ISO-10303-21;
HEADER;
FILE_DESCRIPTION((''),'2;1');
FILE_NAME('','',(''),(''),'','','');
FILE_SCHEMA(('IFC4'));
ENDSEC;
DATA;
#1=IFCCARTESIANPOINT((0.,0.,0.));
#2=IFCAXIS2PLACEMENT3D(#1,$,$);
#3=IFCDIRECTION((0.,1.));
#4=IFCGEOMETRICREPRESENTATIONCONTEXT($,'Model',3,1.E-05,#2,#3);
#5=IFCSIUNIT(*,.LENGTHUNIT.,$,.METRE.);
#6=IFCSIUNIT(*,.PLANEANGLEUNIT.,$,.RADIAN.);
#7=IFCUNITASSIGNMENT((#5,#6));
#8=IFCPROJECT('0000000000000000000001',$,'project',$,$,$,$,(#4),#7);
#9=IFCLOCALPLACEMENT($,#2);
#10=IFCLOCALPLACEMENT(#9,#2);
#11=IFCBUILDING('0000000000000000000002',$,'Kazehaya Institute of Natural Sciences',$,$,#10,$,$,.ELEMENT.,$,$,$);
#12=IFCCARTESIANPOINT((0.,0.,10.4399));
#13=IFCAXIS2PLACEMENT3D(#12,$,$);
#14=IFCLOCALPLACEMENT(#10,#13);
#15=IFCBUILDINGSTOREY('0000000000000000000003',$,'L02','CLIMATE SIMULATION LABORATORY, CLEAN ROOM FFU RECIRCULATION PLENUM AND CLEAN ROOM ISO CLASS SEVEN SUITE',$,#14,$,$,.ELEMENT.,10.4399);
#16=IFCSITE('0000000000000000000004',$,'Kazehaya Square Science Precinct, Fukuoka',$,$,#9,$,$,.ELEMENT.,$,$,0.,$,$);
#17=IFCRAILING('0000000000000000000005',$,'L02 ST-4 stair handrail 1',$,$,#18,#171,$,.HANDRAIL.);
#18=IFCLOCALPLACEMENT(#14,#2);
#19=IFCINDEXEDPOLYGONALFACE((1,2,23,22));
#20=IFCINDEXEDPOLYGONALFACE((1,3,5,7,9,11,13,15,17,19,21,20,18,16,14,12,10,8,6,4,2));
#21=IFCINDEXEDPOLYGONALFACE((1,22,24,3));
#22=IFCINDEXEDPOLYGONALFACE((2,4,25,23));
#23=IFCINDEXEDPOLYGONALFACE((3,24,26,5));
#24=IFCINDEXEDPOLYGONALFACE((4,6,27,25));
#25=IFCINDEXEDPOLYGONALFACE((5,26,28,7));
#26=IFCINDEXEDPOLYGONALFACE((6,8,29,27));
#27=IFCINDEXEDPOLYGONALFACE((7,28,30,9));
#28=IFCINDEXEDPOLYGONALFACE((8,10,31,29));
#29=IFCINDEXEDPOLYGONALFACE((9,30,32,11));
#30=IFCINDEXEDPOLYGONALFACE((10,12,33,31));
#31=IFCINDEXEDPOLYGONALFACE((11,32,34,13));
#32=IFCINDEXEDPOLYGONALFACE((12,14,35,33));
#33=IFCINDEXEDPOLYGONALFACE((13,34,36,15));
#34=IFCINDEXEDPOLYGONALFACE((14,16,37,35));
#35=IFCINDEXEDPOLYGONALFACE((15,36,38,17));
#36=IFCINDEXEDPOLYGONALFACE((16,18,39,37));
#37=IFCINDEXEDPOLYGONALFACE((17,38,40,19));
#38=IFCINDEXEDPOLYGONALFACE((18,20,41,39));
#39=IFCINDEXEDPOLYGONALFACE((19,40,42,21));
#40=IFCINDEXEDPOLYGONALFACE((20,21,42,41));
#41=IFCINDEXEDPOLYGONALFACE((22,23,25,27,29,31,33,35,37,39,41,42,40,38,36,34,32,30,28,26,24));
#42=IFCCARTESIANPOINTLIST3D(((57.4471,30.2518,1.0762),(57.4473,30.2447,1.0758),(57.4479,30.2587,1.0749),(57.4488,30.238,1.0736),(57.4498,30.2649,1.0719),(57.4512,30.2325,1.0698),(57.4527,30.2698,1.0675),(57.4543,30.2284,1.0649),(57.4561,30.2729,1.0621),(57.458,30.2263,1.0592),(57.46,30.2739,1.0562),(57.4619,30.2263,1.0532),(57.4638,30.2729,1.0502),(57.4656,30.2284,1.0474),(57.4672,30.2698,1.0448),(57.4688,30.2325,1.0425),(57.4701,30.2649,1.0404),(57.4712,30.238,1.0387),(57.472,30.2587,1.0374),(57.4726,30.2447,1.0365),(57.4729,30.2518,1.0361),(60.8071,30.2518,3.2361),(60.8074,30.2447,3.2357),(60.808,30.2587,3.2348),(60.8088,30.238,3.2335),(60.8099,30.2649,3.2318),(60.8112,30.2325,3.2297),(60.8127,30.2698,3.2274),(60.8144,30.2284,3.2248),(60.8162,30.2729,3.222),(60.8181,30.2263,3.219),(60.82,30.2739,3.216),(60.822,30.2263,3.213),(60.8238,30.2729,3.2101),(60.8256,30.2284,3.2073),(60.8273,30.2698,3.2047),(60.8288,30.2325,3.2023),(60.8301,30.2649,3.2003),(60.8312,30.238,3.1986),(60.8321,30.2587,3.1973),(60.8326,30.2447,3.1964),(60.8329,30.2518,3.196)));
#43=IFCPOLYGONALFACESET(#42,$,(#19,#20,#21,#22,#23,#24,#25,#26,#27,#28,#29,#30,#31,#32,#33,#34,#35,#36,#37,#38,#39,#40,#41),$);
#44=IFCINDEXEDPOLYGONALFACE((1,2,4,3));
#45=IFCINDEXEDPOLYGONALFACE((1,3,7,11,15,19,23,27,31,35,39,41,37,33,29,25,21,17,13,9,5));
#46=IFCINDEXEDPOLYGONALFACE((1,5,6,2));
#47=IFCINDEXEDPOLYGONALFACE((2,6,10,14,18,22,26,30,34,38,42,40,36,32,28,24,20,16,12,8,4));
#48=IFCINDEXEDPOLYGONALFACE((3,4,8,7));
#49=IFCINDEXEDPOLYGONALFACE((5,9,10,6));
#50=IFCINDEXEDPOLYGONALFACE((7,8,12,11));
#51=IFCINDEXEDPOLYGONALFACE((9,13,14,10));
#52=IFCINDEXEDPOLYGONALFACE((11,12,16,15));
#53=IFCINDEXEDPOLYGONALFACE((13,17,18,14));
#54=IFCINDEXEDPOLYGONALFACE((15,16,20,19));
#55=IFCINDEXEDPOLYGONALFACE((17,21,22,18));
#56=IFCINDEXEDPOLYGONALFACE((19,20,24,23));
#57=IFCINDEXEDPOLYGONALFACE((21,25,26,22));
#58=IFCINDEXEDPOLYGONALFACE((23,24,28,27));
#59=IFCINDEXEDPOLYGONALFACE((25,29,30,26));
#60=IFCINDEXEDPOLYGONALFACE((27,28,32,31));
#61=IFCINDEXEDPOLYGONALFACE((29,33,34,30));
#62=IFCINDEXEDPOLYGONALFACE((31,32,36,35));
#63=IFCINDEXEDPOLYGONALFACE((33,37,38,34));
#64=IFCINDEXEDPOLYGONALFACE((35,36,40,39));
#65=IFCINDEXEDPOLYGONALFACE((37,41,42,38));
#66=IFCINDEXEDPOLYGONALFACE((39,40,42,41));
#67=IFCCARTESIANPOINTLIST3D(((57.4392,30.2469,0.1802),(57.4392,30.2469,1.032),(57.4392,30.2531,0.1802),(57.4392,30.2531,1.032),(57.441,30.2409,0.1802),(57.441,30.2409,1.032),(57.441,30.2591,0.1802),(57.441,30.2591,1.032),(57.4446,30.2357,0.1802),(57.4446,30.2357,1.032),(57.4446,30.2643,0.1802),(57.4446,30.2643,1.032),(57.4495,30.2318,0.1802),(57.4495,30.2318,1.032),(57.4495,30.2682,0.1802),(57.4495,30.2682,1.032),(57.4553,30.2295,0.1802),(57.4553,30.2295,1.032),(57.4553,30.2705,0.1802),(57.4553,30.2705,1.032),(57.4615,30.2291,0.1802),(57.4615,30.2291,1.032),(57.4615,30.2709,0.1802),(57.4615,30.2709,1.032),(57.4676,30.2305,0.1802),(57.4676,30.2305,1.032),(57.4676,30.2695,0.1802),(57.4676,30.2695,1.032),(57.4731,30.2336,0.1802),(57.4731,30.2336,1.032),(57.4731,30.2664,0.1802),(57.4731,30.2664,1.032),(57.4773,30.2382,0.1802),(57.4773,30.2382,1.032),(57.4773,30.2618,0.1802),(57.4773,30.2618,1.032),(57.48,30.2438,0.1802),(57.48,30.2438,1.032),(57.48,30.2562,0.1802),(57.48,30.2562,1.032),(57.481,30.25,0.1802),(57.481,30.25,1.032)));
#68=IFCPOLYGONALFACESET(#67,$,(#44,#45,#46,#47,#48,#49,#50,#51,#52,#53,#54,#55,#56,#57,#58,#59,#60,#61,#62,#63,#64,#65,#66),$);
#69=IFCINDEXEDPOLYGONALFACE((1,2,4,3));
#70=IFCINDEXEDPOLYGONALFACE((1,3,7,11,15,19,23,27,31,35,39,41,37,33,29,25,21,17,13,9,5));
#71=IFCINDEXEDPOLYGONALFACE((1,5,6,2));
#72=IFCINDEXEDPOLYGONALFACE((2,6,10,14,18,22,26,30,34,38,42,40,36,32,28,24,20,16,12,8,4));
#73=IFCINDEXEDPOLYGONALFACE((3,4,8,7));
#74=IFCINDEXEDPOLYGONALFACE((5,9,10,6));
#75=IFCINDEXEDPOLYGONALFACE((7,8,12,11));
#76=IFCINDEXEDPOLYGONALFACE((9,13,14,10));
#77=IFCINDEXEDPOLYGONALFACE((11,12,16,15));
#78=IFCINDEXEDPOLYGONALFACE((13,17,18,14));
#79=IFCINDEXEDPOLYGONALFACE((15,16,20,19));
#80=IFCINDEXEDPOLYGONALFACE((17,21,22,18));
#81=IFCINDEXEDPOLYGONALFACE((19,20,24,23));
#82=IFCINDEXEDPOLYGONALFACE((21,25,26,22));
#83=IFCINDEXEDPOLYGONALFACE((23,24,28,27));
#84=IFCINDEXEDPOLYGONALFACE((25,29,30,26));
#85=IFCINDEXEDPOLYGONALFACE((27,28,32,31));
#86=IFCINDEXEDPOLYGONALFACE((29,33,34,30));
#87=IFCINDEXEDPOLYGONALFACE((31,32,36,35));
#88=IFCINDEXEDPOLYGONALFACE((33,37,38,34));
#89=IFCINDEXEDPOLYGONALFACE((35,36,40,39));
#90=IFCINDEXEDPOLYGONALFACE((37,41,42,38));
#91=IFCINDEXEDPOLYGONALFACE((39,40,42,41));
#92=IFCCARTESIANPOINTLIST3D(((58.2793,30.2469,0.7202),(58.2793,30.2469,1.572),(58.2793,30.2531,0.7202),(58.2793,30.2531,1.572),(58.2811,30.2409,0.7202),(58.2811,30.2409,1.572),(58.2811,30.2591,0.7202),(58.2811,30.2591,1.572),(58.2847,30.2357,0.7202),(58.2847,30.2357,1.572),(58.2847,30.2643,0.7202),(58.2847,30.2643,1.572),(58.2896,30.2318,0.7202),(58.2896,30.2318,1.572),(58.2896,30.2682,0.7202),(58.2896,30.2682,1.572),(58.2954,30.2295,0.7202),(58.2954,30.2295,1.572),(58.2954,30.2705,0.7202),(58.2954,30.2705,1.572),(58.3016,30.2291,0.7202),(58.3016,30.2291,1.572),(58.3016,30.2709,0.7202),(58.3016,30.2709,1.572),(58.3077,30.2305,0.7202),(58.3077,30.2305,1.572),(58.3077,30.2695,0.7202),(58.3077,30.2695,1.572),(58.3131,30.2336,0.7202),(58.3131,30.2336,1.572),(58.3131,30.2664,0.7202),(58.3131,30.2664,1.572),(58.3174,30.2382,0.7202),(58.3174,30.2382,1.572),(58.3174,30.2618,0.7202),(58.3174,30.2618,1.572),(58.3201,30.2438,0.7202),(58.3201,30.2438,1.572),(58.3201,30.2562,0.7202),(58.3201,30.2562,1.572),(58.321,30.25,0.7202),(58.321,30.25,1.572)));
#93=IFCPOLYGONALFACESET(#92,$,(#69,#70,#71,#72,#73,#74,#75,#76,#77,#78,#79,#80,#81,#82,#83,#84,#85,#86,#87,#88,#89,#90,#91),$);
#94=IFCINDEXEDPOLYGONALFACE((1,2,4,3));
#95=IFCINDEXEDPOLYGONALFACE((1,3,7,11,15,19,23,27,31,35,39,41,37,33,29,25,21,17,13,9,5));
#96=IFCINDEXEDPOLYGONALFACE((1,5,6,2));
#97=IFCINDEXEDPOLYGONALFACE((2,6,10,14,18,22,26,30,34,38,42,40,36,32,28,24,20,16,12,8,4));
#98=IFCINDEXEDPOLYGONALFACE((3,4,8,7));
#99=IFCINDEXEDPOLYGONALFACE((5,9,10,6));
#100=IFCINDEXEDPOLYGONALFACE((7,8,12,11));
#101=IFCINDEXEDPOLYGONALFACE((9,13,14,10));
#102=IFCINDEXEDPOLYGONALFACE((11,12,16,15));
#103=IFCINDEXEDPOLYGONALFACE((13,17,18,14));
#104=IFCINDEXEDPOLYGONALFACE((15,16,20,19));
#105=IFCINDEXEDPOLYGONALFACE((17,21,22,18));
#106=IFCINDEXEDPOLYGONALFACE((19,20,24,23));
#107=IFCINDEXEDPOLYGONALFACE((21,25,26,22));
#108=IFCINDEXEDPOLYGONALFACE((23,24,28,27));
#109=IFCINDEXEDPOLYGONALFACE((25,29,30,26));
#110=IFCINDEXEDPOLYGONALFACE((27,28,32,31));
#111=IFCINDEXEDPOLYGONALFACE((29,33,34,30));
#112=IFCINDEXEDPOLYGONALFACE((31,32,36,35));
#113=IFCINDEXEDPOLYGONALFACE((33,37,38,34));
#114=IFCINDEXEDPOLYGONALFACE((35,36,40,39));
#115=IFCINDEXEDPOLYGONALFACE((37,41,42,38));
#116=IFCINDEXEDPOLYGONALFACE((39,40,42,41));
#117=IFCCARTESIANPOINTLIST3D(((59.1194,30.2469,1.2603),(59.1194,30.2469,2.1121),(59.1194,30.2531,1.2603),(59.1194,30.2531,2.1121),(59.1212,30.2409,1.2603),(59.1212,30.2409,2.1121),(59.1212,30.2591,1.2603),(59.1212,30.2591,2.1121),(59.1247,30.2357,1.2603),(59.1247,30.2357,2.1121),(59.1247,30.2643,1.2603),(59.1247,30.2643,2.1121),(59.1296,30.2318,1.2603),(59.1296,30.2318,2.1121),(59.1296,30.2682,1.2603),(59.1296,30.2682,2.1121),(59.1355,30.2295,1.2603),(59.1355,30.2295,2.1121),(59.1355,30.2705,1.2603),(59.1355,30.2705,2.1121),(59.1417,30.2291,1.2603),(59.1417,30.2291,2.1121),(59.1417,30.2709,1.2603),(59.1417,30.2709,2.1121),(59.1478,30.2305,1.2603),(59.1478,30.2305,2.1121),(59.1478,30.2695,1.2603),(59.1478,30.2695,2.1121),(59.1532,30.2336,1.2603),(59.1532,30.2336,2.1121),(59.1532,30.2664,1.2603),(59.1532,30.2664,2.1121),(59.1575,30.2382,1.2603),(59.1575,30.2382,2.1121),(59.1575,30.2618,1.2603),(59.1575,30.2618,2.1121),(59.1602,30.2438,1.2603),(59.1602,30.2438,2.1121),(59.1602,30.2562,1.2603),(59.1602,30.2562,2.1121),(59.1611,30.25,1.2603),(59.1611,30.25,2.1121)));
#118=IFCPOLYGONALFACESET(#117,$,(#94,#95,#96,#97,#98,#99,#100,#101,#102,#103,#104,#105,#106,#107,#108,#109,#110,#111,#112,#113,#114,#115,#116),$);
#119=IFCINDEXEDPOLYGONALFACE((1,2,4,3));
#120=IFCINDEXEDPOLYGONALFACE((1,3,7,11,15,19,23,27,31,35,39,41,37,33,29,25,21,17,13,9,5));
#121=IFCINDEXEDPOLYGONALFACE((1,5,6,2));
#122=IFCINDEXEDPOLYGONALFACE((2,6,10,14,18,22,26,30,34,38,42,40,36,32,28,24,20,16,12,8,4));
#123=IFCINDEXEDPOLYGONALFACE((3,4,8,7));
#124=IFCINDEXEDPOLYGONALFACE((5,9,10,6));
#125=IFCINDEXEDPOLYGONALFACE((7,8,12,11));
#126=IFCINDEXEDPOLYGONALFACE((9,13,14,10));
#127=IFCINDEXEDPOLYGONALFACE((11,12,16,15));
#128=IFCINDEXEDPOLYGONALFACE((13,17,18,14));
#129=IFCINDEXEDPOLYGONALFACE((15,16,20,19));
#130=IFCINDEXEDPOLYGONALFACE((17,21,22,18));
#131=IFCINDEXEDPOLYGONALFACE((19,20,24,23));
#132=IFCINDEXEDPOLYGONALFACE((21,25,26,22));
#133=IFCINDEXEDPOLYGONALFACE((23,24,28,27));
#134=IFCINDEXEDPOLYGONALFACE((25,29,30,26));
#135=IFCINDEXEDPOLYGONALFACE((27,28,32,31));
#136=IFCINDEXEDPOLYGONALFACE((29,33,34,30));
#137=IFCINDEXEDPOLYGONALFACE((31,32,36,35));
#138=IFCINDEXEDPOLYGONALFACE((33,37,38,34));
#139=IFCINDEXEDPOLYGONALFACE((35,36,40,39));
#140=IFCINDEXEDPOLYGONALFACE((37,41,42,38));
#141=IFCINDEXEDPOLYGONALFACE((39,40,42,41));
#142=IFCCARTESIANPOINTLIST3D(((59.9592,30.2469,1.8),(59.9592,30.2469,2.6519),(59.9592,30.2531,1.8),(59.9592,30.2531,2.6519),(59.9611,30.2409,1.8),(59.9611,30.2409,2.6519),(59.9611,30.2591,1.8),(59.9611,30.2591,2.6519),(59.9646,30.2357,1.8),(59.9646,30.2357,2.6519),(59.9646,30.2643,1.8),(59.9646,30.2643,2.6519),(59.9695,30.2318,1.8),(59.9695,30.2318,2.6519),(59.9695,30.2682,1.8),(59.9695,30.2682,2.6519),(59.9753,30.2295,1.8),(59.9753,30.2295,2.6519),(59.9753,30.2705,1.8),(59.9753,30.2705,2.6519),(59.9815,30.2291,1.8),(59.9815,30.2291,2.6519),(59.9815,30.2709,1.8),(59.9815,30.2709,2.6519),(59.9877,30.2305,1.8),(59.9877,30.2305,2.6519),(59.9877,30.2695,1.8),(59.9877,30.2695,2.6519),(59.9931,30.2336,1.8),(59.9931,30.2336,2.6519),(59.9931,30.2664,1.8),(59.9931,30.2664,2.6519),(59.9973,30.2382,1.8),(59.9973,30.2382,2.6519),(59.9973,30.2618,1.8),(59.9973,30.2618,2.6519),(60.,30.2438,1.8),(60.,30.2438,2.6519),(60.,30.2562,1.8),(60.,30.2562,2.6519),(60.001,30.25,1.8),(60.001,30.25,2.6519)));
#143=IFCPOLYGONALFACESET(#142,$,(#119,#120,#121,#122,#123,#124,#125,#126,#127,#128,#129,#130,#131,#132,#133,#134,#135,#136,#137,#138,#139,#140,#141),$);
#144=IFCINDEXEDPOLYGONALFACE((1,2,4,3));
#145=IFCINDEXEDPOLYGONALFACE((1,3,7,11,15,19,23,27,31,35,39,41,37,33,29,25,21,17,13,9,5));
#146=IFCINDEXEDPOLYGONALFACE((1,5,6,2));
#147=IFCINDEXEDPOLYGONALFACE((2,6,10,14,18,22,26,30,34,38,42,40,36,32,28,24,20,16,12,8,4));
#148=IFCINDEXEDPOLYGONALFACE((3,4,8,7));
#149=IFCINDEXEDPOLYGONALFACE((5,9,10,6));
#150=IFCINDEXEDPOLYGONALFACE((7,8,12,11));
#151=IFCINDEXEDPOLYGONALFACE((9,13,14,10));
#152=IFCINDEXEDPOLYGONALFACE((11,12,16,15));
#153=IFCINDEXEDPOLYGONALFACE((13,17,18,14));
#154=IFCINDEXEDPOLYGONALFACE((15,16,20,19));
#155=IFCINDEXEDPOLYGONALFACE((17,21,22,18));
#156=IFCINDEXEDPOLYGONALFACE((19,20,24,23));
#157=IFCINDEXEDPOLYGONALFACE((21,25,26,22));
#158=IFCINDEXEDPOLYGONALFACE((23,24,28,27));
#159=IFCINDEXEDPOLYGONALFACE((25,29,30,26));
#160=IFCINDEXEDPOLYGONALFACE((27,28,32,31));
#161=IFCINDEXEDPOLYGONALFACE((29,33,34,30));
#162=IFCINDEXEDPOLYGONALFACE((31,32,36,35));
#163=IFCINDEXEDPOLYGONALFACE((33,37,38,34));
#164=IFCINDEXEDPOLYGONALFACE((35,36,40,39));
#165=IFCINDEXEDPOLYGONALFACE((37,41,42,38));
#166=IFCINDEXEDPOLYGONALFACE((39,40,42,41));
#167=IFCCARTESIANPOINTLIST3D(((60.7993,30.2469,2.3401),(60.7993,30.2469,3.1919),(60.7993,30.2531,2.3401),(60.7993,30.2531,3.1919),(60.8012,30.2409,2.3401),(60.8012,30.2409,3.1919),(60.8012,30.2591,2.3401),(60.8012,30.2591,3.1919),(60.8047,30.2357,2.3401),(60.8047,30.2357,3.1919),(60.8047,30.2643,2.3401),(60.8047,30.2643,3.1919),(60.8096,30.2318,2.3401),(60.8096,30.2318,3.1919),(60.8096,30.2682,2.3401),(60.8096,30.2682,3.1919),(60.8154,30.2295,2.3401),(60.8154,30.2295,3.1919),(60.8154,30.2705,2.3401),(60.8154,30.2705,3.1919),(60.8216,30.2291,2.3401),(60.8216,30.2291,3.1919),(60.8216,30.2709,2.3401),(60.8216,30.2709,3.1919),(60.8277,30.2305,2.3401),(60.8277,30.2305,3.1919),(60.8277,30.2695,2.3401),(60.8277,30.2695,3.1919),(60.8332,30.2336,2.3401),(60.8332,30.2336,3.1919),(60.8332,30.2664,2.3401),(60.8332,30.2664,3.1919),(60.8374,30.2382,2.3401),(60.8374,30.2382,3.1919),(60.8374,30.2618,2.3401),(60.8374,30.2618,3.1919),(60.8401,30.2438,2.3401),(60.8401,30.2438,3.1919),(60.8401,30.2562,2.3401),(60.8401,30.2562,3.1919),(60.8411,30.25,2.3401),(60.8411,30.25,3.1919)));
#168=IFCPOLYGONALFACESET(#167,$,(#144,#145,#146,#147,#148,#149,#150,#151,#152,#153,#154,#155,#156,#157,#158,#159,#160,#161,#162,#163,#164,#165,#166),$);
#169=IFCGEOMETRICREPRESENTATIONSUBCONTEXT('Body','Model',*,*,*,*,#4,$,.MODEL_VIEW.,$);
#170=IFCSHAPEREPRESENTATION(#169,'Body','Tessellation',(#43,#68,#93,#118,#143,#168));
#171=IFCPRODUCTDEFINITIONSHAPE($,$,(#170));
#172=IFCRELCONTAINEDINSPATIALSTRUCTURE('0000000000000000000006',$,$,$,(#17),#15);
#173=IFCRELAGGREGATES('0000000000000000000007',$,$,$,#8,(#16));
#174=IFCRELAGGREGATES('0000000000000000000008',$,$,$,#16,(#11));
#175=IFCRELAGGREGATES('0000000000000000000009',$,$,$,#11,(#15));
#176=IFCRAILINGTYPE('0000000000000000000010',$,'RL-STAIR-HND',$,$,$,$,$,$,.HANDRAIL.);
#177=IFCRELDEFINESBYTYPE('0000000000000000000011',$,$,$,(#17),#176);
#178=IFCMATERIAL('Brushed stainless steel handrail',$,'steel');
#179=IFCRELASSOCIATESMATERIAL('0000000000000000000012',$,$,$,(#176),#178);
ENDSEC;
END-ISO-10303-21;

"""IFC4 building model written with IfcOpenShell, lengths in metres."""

from ifc_helpers import new_model, si_unit, direction, frame, origin, origin_2d, place, context, subcontext, project, spatial, circle, extrude, material, type_object, element, save


model = new_model("IFC4")

# Units and contexts
model_context = context("Model", 3, precision=1e-05, world=origin(), true_north=direction((0.0, 1.0)))
body_context = subcontext(model_context, "Body", "Model", "MODEL_VIEW")
ifc_project = project(units=[si_unit("LENGTHUNIT", "METRE"), si_unit("PLANEANGLEUNIT", "RADIAN")], contexts=[model_context])

# Site, building, storey
site_placement = place(None, origin())
site = spatial("IfcSite", under=ifc_project, at=site_placement, Name="Kazehaya Square Science Precinct, Fukuoka", CompositionType="ELEMENT", RefElevation=0.0)
building_placement = place(site_placement, origin())
building = spatial("IfcBuilding", under=site, at=building_placement, Name="Kazehaya Institute of Natural Sciences", CompositionType="ELEMENT")
storey_placement = place(building_placement, frame((0.0, 0.0, 10.4399)))
storey = spatial("IfcBuildingStorey", under=building, at=storey_placement, Name="L02", Description="CLIMATE SIMULATION LABORATORY, CLEAN ROOM FFU RECIRCULATION PLENUM AND CLEAN ROOM ISO CLASS SEVEN SUITE", CompositionType="ELEMENT", Elevation=10.4399)

# Railing
ifc_material_1 = material(Name="Brushed stainless steel handrail", Category="steel")
railing_type_1 = type_object("IfcRailingType", Name="RL-STAIR-HND", PredefinedType="HANDRAIL", material=ifc_material_1)
railing_1_placement = place(storey_placement, frame((57.46, 30.25, 0.1802)))
element("IfcRailing", 1, at=railing_1_placement, inside=storey, type_object=railing_type_1, Name="L02 ST-4 stair handrail 1", PredefinedType="HANDRAIL", context=body_context, shape_type="SweptSolid", body=[
    extrude(circle(Radius=0.0239, at=origin_2d()), frame((0.0, 0.0, 0.876), z_axis=(0.841196, 0.0, 0.54073), x_axis=(0.0, 1.0, 0.0)), (0.0, 0.0, 1.0), 3.9944),
    extrude(circle(Radius=0.021, at=origin_2d()), origin(), (0.0, 0.0, 1.0), 0.8518),
    extrude(circle(Radius=0.021, at=origin_2d()), frame((0.8401, 0.0, 0.54)), (0.0, 0.0, 1.0), 0.8518),
    extrude(circle(Radius=0.021, at=origin_2d()), frame((1.6802, 0.0, 1.0801)), (0.0, 0.0, 1.0), 0.8518),
    extrude(circle(Radius=0.021, at=origin_2d()), frame((2.52, 0.0, 1.6199)), (0.0, 0.0, 1.0), 0.8518),
    extrude(circle(Radius=0.021, at=origin_2d()), frame((3.3601, 0.0, 2.1599)), (0.0, 0.0, 1.0), 0.8518),
])

save(model, "model.ifc")
